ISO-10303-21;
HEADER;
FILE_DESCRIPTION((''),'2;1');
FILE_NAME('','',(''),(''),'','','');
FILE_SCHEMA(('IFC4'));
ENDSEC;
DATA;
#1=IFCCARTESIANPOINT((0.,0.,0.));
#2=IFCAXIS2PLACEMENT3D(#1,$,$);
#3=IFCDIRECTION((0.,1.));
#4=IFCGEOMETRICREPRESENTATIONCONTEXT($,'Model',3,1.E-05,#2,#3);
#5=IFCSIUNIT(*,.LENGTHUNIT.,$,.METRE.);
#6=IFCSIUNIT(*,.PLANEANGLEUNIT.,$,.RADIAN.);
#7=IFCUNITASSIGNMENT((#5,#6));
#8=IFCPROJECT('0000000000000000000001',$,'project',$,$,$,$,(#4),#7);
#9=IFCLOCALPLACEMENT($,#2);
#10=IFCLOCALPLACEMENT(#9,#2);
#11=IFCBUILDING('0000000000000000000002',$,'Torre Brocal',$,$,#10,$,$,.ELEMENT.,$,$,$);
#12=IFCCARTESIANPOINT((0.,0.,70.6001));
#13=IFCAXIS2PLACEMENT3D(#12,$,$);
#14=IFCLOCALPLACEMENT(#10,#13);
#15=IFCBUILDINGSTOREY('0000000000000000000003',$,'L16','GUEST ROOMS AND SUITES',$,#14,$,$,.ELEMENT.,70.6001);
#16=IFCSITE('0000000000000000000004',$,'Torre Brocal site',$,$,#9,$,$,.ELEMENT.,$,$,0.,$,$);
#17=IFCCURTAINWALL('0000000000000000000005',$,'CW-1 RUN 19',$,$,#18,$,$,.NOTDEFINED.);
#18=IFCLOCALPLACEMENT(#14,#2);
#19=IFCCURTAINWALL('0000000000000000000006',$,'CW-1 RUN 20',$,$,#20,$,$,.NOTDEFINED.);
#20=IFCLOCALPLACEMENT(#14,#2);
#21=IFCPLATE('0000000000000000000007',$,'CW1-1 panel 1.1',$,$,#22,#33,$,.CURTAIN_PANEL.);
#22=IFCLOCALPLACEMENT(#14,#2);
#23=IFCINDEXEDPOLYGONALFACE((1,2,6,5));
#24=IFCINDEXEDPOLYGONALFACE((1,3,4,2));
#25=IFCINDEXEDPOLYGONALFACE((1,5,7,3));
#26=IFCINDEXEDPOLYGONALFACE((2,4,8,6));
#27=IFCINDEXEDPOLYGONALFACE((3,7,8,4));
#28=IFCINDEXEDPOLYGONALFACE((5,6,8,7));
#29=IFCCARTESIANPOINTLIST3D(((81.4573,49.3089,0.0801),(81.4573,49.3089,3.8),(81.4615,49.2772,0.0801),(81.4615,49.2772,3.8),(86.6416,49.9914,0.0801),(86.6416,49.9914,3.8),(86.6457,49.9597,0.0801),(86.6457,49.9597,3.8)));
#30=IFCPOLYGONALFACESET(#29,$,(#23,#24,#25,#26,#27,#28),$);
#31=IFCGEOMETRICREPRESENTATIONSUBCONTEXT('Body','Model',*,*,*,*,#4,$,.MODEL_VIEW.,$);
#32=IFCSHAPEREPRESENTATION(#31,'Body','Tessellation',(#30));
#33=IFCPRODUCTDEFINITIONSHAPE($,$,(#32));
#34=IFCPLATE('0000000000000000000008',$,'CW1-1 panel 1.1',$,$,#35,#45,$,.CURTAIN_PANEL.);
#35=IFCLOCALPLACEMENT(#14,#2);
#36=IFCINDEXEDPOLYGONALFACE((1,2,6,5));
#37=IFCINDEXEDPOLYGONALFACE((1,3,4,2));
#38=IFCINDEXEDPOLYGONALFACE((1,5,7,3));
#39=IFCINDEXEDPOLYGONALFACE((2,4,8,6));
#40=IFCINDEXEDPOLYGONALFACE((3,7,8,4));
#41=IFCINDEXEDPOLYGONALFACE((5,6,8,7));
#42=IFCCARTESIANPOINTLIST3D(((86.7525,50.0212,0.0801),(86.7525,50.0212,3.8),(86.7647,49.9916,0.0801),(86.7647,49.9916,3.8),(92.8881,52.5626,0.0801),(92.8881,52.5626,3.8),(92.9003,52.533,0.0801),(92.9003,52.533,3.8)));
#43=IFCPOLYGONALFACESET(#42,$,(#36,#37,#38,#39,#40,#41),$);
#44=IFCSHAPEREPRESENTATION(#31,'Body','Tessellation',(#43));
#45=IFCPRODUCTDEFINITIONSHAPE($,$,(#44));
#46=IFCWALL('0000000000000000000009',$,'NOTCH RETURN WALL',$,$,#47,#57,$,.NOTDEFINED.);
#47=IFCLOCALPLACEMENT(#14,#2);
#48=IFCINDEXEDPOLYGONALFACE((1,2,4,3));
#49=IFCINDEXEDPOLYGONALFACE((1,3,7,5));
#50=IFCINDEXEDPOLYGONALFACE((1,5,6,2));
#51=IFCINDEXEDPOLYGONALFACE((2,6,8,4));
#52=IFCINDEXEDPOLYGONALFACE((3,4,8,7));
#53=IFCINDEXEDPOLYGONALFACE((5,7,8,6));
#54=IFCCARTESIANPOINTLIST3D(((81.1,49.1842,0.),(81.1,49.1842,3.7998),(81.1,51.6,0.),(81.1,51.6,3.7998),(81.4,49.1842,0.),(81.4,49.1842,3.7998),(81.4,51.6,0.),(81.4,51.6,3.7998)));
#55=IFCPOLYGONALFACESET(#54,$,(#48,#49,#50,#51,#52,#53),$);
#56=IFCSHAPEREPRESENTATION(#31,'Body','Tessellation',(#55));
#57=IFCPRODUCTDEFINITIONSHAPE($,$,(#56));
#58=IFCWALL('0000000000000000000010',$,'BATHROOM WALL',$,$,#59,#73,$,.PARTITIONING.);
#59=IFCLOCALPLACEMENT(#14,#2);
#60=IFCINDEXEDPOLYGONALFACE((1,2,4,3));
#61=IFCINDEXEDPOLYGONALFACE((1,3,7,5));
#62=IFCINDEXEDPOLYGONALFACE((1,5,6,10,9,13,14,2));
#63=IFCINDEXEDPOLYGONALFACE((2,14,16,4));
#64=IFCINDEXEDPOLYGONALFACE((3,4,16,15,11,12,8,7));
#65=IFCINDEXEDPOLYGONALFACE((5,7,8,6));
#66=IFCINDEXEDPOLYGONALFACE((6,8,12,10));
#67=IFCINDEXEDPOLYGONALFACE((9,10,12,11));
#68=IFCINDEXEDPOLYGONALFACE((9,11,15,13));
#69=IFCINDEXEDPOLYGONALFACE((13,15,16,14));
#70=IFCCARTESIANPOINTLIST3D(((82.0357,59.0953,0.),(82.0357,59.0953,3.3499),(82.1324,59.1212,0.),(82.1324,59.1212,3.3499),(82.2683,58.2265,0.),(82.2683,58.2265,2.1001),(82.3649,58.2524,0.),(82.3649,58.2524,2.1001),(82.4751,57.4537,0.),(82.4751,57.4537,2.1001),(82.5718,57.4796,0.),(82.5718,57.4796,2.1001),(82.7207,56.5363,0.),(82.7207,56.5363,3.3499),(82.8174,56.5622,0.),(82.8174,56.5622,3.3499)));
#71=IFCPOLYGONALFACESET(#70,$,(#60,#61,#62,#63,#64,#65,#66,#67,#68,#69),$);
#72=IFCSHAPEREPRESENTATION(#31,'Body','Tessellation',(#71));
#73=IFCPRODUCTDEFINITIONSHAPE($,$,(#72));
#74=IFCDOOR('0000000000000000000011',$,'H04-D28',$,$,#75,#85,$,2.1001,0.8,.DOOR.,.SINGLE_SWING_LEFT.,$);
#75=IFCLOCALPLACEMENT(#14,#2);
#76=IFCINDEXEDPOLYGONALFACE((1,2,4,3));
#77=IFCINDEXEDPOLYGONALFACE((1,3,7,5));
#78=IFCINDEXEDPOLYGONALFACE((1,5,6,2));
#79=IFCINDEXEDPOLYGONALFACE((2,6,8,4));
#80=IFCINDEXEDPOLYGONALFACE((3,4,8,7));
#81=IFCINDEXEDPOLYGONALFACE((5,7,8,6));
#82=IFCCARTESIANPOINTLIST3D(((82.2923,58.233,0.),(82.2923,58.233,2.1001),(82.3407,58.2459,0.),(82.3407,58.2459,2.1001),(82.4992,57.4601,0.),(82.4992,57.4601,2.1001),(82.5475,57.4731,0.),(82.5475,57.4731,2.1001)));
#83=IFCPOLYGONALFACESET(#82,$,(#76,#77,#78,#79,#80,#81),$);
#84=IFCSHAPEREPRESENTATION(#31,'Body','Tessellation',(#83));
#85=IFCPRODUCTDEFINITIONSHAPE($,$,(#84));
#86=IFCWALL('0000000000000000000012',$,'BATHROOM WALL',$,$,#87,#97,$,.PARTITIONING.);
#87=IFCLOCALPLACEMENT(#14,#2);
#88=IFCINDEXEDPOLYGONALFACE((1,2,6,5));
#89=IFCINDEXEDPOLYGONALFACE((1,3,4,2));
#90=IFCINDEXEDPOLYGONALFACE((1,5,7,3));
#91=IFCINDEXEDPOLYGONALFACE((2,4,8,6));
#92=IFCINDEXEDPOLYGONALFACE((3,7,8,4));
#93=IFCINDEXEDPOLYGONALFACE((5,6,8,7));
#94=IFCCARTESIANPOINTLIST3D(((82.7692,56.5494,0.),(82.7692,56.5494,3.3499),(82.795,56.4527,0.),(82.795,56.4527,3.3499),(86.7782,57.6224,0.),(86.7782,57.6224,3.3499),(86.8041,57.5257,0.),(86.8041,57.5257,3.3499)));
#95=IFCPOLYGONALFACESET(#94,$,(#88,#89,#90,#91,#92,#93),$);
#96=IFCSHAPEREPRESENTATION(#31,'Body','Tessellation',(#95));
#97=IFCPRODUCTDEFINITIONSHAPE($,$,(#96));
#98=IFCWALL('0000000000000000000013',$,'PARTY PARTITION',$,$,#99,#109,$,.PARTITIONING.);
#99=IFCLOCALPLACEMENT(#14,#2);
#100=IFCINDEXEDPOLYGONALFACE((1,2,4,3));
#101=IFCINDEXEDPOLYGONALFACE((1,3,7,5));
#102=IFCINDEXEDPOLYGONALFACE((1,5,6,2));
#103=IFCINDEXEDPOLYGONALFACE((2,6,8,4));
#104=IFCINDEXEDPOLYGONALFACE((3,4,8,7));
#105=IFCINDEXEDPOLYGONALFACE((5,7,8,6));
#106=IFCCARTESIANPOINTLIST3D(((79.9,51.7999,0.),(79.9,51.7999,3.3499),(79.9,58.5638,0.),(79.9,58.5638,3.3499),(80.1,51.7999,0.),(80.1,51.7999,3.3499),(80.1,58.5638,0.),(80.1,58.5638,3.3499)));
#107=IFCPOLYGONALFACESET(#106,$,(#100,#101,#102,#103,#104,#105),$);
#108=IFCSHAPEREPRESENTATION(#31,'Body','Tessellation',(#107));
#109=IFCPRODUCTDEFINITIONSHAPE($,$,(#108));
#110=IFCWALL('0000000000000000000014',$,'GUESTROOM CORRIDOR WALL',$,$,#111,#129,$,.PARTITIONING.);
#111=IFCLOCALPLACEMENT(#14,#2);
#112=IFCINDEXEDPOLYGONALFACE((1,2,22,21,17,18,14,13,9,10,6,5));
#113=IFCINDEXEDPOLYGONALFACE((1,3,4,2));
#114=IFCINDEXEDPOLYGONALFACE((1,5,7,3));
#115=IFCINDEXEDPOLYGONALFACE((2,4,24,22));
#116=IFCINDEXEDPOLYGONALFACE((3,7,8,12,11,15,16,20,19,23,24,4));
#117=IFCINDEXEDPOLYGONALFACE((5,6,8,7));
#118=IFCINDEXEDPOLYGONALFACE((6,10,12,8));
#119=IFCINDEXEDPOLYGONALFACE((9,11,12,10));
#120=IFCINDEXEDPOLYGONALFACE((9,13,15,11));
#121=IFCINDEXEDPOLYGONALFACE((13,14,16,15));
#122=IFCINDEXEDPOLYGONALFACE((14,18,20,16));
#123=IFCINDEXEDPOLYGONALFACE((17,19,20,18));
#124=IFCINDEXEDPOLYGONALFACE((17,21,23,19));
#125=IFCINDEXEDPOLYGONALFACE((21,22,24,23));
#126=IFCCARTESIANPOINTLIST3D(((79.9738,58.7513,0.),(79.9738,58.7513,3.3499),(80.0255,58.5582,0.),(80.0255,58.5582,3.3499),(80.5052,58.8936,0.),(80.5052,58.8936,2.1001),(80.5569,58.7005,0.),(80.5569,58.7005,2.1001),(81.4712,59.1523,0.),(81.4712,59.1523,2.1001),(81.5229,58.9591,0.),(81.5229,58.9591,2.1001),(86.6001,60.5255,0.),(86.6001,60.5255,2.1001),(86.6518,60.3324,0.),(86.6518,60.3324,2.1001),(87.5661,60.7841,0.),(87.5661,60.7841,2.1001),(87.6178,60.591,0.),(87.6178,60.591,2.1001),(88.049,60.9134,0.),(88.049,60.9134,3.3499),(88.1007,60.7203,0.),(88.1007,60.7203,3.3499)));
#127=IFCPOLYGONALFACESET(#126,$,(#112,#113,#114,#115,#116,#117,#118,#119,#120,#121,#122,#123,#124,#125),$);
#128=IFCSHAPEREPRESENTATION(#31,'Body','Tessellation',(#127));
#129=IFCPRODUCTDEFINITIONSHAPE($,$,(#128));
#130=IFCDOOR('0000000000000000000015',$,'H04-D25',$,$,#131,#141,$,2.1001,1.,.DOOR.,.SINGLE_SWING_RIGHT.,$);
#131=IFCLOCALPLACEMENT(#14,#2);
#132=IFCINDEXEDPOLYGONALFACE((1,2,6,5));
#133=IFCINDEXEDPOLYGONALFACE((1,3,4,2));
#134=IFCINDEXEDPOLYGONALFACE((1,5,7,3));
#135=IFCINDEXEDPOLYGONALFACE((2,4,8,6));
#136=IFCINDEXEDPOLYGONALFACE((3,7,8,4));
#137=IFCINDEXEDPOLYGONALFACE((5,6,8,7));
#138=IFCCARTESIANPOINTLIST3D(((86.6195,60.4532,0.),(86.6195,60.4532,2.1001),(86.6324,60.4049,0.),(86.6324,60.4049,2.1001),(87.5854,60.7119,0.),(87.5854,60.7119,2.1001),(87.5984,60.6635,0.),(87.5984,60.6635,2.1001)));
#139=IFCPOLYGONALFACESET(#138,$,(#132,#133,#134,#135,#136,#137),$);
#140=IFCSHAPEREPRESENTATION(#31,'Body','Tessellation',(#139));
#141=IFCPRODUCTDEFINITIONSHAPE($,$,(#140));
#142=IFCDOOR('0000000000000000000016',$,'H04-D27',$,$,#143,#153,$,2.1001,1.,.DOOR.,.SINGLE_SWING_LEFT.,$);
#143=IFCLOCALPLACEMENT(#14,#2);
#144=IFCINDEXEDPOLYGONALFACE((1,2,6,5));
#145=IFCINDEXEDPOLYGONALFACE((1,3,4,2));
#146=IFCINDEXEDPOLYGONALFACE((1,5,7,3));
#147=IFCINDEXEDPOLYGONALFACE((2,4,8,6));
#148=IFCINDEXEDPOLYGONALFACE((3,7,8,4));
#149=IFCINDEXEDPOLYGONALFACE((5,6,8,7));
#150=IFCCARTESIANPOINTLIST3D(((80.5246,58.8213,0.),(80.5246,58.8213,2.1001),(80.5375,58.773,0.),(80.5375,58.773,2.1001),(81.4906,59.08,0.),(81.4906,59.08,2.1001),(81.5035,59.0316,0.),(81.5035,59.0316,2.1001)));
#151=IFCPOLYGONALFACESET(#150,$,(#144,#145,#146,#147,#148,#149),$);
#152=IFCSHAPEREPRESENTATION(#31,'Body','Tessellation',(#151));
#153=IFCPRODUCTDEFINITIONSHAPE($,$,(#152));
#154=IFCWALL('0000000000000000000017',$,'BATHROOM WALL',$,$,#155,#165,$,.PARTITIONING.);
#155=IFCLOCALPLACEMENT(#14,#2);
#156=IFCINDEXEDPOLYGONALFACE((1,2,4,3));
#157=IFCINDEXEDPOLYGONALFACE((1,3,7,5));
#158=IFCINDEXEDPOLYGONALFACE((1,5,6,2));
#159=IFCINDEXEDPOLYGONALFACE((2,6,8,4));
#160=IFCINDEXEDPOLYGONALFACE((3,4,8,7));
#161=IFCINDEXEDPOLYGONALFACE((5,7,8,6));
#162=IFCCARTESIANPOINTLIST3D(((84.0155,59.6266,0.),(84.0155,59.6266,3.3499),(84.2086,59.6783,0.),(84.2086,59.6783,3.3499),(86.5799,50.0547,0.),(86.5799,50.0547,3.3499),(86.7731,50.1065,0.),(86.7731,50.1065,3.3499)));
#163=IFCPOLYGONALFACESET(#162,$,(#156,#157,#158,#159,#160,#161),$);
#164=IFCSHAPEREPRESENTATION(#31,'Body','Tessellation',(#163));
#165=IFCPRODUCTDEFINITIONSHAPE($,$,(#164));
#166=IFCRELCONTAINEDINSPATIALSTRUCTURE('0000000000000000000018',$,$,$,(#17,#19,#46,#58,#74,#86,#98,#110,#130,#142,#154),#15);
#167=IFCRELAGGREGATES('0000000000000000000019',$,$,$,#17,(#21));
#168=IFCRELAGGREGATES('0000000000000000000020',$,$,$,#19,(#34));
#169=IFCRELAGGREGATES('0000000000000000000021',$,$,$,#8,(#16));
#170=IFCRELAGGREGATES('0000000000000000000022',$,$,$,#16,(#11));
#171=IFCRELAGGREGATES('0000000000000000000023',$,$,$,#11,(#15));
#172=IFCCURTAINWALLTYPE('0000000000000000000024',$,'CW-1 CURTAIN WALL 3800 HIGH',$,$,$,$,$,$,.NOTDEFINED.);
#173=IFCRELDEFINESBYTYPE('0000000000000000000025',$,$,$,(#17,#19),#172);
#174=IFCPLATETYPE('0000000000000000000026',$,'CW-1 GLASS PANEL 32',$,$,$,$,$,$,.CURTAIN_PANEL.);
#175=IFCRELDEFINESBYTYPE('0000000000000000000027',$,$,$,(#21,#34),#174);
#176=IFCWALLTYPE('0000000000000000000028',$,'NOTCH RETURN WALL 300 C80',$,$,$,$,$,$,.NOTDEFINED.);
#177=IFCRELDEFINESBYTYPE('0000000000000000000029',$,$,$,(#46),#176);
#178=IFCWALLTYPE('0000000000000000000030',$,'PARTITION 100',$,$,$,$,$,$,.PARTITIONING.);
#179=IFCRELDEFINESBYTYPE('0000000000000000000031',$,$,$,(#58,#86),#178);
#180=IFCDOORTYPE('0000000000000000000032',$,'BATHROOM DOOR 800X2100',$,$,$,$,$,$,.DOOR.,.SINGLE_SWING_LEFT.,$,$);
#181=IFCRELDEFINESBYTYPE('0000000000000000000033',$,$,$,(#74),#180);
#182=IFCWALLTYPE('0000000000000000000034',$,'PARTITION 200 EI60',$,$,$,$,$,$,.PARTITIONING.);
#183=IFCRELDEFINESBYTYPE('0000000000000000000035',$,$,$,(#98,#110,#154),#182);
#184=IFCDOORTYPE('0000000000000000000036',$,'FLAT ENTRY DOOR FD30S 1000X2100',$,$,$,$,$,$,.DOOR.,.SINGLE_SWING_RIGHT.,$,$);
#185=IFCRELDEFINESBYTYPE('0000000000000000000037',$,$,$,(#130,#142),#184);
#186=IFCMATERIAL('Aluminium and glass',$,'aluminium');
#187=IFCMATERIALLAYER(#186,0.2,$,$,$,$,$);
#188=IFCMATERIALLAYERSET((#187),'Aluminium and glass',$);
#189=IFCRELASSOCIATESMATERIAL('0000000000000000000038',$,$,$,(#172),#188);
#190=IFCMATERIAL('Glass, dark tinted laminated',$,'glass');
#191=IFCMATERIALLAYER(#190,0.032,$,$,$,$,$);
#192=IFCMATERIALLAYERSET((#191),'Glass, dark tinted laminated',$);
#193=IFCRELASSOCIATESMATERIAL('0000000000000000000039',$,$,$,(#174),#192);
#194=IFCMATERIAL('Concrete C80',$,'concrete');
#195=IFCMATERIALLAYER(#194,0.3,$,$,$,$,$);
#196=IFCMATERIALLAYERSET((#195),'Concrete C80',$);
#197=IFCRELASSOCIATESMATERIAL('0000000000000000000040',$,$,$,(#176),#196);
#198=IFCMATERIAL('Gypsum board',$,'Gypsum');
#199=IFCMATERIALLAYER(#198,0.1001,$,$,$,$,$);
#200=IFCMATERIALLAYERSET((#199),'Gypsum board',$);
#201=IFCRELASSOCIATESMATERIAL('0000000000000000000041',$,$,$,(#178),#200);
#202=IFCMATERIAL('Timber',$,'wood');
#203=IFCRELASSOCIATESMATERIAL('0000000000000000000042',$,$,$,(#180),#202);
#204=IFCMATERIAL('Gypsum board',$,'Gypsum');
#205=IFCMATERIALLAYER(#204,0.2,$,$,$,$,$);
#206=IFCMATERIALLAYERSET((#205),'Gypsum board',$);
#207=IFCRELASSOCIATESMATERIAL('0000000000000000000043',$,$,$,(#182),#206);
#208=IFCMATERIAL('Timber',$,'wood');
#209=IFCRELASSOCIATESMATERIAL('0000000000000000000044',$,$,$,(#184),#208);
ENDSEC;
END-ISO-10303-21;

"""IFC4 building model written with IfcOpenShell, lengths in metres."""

from ifc_helpers import new_model, si_unit, direction, frame, frame_2d, origin, origin_2d, place, context, subcontext, project, spatial, rectangle, extrude, material, layer, layer_set, type_object, element, fill, aggregate, save


model = new_model("IFC4")

# Units and contexts
model_context = context("Model", 3, precision=1e-05, world=origin(), true_north=direction((0.0, 1.0)))
body_context = subcontext(model_context, "Body", "Model", "MODEL_VIEW")
ifc_project = project(units=[si_unit("LENGTHUNIT", "METRE"), si_unit("PLANEANGLEUNIT", "RADIAN")], contexts=[model_context])

# Site, building, storey
site_placement = place(None, origin())
site = spatial("IfcSite", under=ifc_project, at=site_placement, Name="Torre Brocal site", CompositionType="ELEMENT", RefElevation=0.0)
building_placement = place(site_placement, origin())
building = spatial("IfcBuilding", under=site, at=building_placement, Name="Torre Brocal", CompositionType="ELEMENT")
storey_placement = place(building_placement, frame((0.0, 0.0, 70.6001)))
storey = spatial("IfcBuildingStorey", under=building, at=storey_placement, Name="L16", Description="GUEST ROOMS AND SUITES", CompositionType="ELEMENT", Elevation=70.6001)

# Curtain wall
ifc_material_1 = material(Name="Aluminium and glass", Category="aluminium")
ifc_layer_1 = layer(ifc_material_1, 0.2)
ifc_layer_set_1 = layer_set([ifc_layer_1], Name="Aluminium and glass")
curtain_wall_type = type_object("IfcCurtainWallType", Name="CW-1 CURTAIN WALL 3800 HIGH", PredefinedType="NOTDEFINED", material=ifc_layer_set_1)
curtain_wall_1_placement = place(storey_placement, origin())
curtain_wall_1 = element("IfcCurtainWall", 1, at=curtain_wall_1_placement, inside=storey, type_object=curtain_wall_type, Name="CW-1 RUN 19", PredefinedType="NOTDEFINED")

# Curtain wall
curtain_wall_2_placement = place(storey_placement, origin())
curtain_wall_2 = element("IfcCurtainWall", 2, at=curtain_wall_2_placement, inside=storey, type_object=curtain_wall_type, Name="CW-1 RUN 20", PredefinedType="NOTDEFINED")

# Plates
ifc_material_2 = material(Name="Glass, dark tinted laminated", Category="glass")
ifc_layer_2 = layer(ifc_material_2, 0.032)
ifc_layer_set_2 = layer_set([ifc_layer_2], Name="Glass, dark tinted laminated")
plate_type = type_object("IfcPlateType", Name="CW-1 GLASS PANEL 32", PredefinedType="CURTAIN_PANEL", material=ifc_layer_set_2)
plate_1_placement = place(storey_placement, frame((84.0515, 49.6343, 0.0801), z_axis=(0.0, 0.0, 1.0), x_axis=(0.991445, 0.130526, 0.0)))
plate_1 = element("IfcPlate", 3, at=plate_1_placement, type_object=plate_type, Name="CW1-1 panel 1.1", PredefinedType="CURTAIN_PANEL", context=body_context, shape_type="SweptSolid", body=[
    extrude(rectangle(XDim=5.229, YDim=0.032, at=origin_2d()), origin(), (0.0, 0.0, 1.0), 3.72),
])
aggregate(curtain_wall_1, [plate_1])
plate_2_placement = place(storey_placement, frame((89.8264, 51.2771, 0.0801), z_axis=(0.0, 0.0, 1.0), x_axis=(0.92388, 0.382683, 0.0)))
plate_2 = element("IfcPlate", 4, at=plate_2_placement, type_object=plate_type, Name="CW1-1 panel 1.1", PredefinedType="CURTAIN_PANEL", context=body_context, shape_type="SweptSolid", body=[
    extrude(rectangle(XDim=6.6411, YDim=0.032, at=origin_2d()), origin(), (0.0, 0.0, 1.0), 3.72),
])
aggregate(curtain_wall_2, [plate_2])

# Wall
ifc_material_3 = material(Name="Concrete C80", Category="concrete")
ifc_layer_3 = layer(ifc_material_3, 0.3)
ifc_layer_set_3 = layer_set([ifc_layer_3], Name="Concrete C80")
wall_type_1 = type_object("IfcWallType", Name="NOTCH RETURN WALL 300 C80", PredefinedType="NOTDEFINED", material=ifc_layer_set_3)
wall_1_placement = place(storey_placement, frame((81.25, 51.6001, 0.0), z_axis=(0.0, 0.0, 1.0), x_axis=(0.0, -1.0, 0.0)))
element("IfcWall", 5, at=wall_1_placement, inside=storey, type_object=wall_type_1, Name="NOTCH RETURN WALL", PredefinedType="NOTDEFINED", context=body_context, shape_type="SweptSolid", body=[
    extrude(rectangle(XDim=2.4158, YDim=0.3, at=frame_2d((1.208, 0.0))), origin(), (0.0, 0.0, 1.0), 3.7998),
])

# Wall, opening, door
ifc_material_4 = material(Name="Gypsum board", Category="Gypsum")
ifc_layer_4 = layer(ifc_material_4, 0.1001)
ifc_layer_set_4 = layer_set([ifc_layer_4], Name="Gypsum board")
wall_type_2 = type_object("IfcWallType", Name="PARTITION 100", PredefinedType="PARTITIONING", material=ifc_layer_set_4)
wall_2_placement = place(storey_placement, frame((82.084, 59.1084, 0.0), z_axis=(0.0, 0.0, 1.0), x_axis=(0.258592, -0.965987, 0.0)))
wall_2 = element("IfcWall", 6, at=wall_2_placement, inside=storey, type_object=wall_type_2, Name="BATHROOM WALL", PredefinedType="PARTITIONING", context=body_context, shape_type="SweptSolid", body=[
    extrude(rectangle(XDim=2.6492, YDim=0.1001, at=frame_2d((1.3247, 0.0))), origin(), (0.0, 0.0, 1.0), 3.3499),
])
opening_1_placement = place(wall_2_placement, frame((0.8997, 0.0, 0.0)))
opening_1 = element("IfcOpeningElement", 7, at=opening_1_placement, cuts=wall_2, PredefinedType="OPENING", context=body_context, shape_type="SweptSolid", body=[
    extrude(rectangle(XDim=0.8, YDim=2.1001, at=frame_2d((0.3999, 1.05))), frame((0.0, 0.0601, 0.0), z_axis=(0.0, -1.0, 0.0), x_axis=(1.0, 0.0, 0.0)), (0.0, 0.0, 1.0), 0.1201),
])
ifc_material_5 = material(Name="Timber", Category="wood")
door_type_1 = type_object("IfcDoorType", Name="BATHROOM DOOR 800X2100", OperationType="SINGLE_SWING_LEFT", PredefinedType="DOOR", material=ifc_material_5)
door_1_placement = place(opening_1_placement, origin())
door_1 = element("IfcDoor", 8, at=door_1_placement, inside=storey, type_object=door_type_1, Name="H04-D28", OperationType="SINGLE_SWING_LEFT", OverallHeight=2.1001, OverallWidth=0.8, PredefinedType="DOOR", context=body_context, shape_type="SweptSolid", body=[
    extrude(rectangle(XDim=0.8, YDim=2.1001, at=frame_2d((0.3999, 1.05))), frame((0.0, 0.0249, 0.0), z_axis=(0.0, -1.0, 0.0), x_axis=(1.0, 0.0, 0.0)), (0.0, 0.0, 1.0), 0.05),
])
fill(opening_1, door_1)

# Walls
wall_3_placement = place(storey_placement, frame((82.782, 56.501, 0.0), z_axis=(0.0, 0.0, 1.0), x_axis=(0.965999, 0.258545, 0.0)))
element("IfcWall", 9, at=wall_3_placement, inside=storey, type_object=wall_type_2, Name="BATHROOM WALL", PredefinedType="PARTITIONING", context=body_context, shape_type="SweptSolid", body=[
    extrude(rectangle(XDim=4.1501, YDim=0.1001, at=frame_2d((2.0752, 0.0))), origin(), (0.0, 0.0, 1.0), 3.3499),
])
ifc_material_6 = material(Name="Gypsum board", Category="Gypsum")
ifc_layer_5 = layer(ifc_material_6, 0.2)
ifc_layer_set_5 = layer_set([ifc_layer_5], Name="Gypsum board")
wall_type_3 = type_object("IfcWallType", Name="PARTITION 200 EI60", PredefinedType="PARTITIONING", material=ifc_layer_set_5)
wall_4_placement = place(storey_placement, frame((80.0, 51.8, 0.0), z_axis=(0.0, 0.0, 1.0), x_axis=(0.0, 1.0, 0.0)))
element("IfcWall", 10, at=wall_4_placement, inside=storey, type_object=wall_type_3, Name="PARTY PARTITION", PredefinedType="PARTITIONING", context=body_context, shape_type="SweptSolid", body=[
    extrude(rectangle(XDim=6.7639, YDim=0.2, at=frame_2d((3.3818, 0.0))), origin(), (0.0, 0.0, 1.0), 3.3499),
])

# Wall, openings, doors
wall_5_placement = place(storey_placement, frame((79.9998, 58.6548, 0.0), z_axis=(0.0, 0.0, 1.0), x_axis=(0.965975, 0.258637, 0.0)))
wall_5 = element("IfcWall", 11, at=wall_5_placement, inside=storey, type_object=wall_type_3, Name="GUESTROOM CORRIDOR WALL", PredefinedType="PARTITIONING", context=body_context, shape_type="SweptSolid", body=[
    extrude(rectangle(XDim=8.3596, YDim=0.2, at=frame_2d((4.1797, 0.0))), origin(), (0.0, 0.0, 1.0), 3.3499),
])
opening_2_placement = place(wall_5_placement, frame((6.8596, 0.0, 0.0)))
opening_2 = element("IfcOpeningElement", 12, at=opening_2_placement, cuts=wall_5, PredefinedType="OPENING", context=body_context, shape_type="SweptSolid", body=[
    extrude(rectangle(XDim=1.0, YDim=2.1001, at=frame_2d((0.5, 1.05))), frame((0.0, 0.1099, 0.0), z_axis=(0.0, -1.0, 0.0), x_axis=(1.0, 0.0, 0.0)), (0.0, 0.0, 1.0), 0.22),
])
opening_3_placement = place(wall_5_placement, frame((0.55, 0.0, 0.0)))
opening_3 = element("IfcOpeningElement", 13, at=opening_3_placement, cuts=wall_5, PredefinedType="OPENING", context=body_context, shape_type="SweptSolid", body=[
    extrude(rectangle(XDim=1.0, YDim=2.1001, at=frame_2d((0.5, 1.05))), frame((0.0, 0.1099, 0.0), z_axis=(0.0, -1.0, 0.0), x_axis=(1.0, 0.0, 0.0)), (0.0, 0.0, 1.0), 0.22),
])
ifc_material_7 = material(Name="Timber", Category="wood")
door_type_2 = type_object("IfcDoorType", Name="FLAT ENTRY DOOR FD30S 1000X2100", OperationType="SINGLE_SWING_RIGHT", PredefinedType="DOOR", material=ifc_material_7)
door_2_placement = place(opening_2_placement, frame((1.0, 0.0, 0.0), z_axis=(0.0, 0.0, 1.0), x_axis=(-1.0, 0.0, 0.0)))
door_2 = element("IfcDoor", 14, at=door_2_placement, inside=storey, type_object=door_type_2, Name="H04-D25", OperationType="SINGLE_SWING_RIGHT", OverallHeight=2.1001, OverallWidth=1.0, PredefinedType="DOOR", context=body_context, shape_type="SweptSolid", body=[
    extrude(rectangle(XDim=1.0, YDim=2.1001, at=frame_2d((0.5, 1.05))), frame((0.0, 0.0249, 0.0), z_axis=(0.0, -1.0, 0.0), x_axis=(1.0, 0.0, 0.0)), (0.0, 0.0, 1.0), 0.05),
])
fill(opening_2, door_2)
door_3_placement = place(opening_3_placement, frame((1.0, 0.0, 0.0), z_axis=(0.0, 0.0, 1.0), x_axis=(-1.0, 0.0, 0.0)))
door_3 = element("IfcDoor", 15, at=door_3_placement, inside=storey, type_object=door_type_2, Name="H04-D27", OperationType="SINGLE_SWING_LEFT", OverallHeight=2.1001, OverallWidth=1.0, PredefinedType="DOOR", context=body_context, shape_type="SweptSolid", body=[
    extrude(rectangle(XDim=1.0, YDim=2.1001, at=frame_2d((0.5, 1.05))), frame((0.0, 0.0249, 0.0), z_axis=(0.0, -1.0, 0.0), x_axis=(1.0, 0.0, 0.0)), (0.0, 0.0, 1.0), 0.05),
])
fill(opening_3, door_3)

# Wall
wall_6_placement = place(storey_placement, frame((84.1121, 59.6523, 0.0), z_axis=(0.0, 0.0, 1.0), x_axis=(0.258791, -0.965933, 0.0)))
element("IfcWall", 16, at=wall_6_placement, inside=storey, type_object=wall_type_3, Name="BATHROOM WALL", PredefinedType="PARTITIONING", context=body_context, shape_type="SweptSolid", body=[
    extrude(rectangle(XDim=9.9094, YDim=0.2, at=frame_2d((4.9546, 0.0))), origin(), (0.0, 0.0, 1.0), 3.3499),
])

save(model, "model.ifc")
